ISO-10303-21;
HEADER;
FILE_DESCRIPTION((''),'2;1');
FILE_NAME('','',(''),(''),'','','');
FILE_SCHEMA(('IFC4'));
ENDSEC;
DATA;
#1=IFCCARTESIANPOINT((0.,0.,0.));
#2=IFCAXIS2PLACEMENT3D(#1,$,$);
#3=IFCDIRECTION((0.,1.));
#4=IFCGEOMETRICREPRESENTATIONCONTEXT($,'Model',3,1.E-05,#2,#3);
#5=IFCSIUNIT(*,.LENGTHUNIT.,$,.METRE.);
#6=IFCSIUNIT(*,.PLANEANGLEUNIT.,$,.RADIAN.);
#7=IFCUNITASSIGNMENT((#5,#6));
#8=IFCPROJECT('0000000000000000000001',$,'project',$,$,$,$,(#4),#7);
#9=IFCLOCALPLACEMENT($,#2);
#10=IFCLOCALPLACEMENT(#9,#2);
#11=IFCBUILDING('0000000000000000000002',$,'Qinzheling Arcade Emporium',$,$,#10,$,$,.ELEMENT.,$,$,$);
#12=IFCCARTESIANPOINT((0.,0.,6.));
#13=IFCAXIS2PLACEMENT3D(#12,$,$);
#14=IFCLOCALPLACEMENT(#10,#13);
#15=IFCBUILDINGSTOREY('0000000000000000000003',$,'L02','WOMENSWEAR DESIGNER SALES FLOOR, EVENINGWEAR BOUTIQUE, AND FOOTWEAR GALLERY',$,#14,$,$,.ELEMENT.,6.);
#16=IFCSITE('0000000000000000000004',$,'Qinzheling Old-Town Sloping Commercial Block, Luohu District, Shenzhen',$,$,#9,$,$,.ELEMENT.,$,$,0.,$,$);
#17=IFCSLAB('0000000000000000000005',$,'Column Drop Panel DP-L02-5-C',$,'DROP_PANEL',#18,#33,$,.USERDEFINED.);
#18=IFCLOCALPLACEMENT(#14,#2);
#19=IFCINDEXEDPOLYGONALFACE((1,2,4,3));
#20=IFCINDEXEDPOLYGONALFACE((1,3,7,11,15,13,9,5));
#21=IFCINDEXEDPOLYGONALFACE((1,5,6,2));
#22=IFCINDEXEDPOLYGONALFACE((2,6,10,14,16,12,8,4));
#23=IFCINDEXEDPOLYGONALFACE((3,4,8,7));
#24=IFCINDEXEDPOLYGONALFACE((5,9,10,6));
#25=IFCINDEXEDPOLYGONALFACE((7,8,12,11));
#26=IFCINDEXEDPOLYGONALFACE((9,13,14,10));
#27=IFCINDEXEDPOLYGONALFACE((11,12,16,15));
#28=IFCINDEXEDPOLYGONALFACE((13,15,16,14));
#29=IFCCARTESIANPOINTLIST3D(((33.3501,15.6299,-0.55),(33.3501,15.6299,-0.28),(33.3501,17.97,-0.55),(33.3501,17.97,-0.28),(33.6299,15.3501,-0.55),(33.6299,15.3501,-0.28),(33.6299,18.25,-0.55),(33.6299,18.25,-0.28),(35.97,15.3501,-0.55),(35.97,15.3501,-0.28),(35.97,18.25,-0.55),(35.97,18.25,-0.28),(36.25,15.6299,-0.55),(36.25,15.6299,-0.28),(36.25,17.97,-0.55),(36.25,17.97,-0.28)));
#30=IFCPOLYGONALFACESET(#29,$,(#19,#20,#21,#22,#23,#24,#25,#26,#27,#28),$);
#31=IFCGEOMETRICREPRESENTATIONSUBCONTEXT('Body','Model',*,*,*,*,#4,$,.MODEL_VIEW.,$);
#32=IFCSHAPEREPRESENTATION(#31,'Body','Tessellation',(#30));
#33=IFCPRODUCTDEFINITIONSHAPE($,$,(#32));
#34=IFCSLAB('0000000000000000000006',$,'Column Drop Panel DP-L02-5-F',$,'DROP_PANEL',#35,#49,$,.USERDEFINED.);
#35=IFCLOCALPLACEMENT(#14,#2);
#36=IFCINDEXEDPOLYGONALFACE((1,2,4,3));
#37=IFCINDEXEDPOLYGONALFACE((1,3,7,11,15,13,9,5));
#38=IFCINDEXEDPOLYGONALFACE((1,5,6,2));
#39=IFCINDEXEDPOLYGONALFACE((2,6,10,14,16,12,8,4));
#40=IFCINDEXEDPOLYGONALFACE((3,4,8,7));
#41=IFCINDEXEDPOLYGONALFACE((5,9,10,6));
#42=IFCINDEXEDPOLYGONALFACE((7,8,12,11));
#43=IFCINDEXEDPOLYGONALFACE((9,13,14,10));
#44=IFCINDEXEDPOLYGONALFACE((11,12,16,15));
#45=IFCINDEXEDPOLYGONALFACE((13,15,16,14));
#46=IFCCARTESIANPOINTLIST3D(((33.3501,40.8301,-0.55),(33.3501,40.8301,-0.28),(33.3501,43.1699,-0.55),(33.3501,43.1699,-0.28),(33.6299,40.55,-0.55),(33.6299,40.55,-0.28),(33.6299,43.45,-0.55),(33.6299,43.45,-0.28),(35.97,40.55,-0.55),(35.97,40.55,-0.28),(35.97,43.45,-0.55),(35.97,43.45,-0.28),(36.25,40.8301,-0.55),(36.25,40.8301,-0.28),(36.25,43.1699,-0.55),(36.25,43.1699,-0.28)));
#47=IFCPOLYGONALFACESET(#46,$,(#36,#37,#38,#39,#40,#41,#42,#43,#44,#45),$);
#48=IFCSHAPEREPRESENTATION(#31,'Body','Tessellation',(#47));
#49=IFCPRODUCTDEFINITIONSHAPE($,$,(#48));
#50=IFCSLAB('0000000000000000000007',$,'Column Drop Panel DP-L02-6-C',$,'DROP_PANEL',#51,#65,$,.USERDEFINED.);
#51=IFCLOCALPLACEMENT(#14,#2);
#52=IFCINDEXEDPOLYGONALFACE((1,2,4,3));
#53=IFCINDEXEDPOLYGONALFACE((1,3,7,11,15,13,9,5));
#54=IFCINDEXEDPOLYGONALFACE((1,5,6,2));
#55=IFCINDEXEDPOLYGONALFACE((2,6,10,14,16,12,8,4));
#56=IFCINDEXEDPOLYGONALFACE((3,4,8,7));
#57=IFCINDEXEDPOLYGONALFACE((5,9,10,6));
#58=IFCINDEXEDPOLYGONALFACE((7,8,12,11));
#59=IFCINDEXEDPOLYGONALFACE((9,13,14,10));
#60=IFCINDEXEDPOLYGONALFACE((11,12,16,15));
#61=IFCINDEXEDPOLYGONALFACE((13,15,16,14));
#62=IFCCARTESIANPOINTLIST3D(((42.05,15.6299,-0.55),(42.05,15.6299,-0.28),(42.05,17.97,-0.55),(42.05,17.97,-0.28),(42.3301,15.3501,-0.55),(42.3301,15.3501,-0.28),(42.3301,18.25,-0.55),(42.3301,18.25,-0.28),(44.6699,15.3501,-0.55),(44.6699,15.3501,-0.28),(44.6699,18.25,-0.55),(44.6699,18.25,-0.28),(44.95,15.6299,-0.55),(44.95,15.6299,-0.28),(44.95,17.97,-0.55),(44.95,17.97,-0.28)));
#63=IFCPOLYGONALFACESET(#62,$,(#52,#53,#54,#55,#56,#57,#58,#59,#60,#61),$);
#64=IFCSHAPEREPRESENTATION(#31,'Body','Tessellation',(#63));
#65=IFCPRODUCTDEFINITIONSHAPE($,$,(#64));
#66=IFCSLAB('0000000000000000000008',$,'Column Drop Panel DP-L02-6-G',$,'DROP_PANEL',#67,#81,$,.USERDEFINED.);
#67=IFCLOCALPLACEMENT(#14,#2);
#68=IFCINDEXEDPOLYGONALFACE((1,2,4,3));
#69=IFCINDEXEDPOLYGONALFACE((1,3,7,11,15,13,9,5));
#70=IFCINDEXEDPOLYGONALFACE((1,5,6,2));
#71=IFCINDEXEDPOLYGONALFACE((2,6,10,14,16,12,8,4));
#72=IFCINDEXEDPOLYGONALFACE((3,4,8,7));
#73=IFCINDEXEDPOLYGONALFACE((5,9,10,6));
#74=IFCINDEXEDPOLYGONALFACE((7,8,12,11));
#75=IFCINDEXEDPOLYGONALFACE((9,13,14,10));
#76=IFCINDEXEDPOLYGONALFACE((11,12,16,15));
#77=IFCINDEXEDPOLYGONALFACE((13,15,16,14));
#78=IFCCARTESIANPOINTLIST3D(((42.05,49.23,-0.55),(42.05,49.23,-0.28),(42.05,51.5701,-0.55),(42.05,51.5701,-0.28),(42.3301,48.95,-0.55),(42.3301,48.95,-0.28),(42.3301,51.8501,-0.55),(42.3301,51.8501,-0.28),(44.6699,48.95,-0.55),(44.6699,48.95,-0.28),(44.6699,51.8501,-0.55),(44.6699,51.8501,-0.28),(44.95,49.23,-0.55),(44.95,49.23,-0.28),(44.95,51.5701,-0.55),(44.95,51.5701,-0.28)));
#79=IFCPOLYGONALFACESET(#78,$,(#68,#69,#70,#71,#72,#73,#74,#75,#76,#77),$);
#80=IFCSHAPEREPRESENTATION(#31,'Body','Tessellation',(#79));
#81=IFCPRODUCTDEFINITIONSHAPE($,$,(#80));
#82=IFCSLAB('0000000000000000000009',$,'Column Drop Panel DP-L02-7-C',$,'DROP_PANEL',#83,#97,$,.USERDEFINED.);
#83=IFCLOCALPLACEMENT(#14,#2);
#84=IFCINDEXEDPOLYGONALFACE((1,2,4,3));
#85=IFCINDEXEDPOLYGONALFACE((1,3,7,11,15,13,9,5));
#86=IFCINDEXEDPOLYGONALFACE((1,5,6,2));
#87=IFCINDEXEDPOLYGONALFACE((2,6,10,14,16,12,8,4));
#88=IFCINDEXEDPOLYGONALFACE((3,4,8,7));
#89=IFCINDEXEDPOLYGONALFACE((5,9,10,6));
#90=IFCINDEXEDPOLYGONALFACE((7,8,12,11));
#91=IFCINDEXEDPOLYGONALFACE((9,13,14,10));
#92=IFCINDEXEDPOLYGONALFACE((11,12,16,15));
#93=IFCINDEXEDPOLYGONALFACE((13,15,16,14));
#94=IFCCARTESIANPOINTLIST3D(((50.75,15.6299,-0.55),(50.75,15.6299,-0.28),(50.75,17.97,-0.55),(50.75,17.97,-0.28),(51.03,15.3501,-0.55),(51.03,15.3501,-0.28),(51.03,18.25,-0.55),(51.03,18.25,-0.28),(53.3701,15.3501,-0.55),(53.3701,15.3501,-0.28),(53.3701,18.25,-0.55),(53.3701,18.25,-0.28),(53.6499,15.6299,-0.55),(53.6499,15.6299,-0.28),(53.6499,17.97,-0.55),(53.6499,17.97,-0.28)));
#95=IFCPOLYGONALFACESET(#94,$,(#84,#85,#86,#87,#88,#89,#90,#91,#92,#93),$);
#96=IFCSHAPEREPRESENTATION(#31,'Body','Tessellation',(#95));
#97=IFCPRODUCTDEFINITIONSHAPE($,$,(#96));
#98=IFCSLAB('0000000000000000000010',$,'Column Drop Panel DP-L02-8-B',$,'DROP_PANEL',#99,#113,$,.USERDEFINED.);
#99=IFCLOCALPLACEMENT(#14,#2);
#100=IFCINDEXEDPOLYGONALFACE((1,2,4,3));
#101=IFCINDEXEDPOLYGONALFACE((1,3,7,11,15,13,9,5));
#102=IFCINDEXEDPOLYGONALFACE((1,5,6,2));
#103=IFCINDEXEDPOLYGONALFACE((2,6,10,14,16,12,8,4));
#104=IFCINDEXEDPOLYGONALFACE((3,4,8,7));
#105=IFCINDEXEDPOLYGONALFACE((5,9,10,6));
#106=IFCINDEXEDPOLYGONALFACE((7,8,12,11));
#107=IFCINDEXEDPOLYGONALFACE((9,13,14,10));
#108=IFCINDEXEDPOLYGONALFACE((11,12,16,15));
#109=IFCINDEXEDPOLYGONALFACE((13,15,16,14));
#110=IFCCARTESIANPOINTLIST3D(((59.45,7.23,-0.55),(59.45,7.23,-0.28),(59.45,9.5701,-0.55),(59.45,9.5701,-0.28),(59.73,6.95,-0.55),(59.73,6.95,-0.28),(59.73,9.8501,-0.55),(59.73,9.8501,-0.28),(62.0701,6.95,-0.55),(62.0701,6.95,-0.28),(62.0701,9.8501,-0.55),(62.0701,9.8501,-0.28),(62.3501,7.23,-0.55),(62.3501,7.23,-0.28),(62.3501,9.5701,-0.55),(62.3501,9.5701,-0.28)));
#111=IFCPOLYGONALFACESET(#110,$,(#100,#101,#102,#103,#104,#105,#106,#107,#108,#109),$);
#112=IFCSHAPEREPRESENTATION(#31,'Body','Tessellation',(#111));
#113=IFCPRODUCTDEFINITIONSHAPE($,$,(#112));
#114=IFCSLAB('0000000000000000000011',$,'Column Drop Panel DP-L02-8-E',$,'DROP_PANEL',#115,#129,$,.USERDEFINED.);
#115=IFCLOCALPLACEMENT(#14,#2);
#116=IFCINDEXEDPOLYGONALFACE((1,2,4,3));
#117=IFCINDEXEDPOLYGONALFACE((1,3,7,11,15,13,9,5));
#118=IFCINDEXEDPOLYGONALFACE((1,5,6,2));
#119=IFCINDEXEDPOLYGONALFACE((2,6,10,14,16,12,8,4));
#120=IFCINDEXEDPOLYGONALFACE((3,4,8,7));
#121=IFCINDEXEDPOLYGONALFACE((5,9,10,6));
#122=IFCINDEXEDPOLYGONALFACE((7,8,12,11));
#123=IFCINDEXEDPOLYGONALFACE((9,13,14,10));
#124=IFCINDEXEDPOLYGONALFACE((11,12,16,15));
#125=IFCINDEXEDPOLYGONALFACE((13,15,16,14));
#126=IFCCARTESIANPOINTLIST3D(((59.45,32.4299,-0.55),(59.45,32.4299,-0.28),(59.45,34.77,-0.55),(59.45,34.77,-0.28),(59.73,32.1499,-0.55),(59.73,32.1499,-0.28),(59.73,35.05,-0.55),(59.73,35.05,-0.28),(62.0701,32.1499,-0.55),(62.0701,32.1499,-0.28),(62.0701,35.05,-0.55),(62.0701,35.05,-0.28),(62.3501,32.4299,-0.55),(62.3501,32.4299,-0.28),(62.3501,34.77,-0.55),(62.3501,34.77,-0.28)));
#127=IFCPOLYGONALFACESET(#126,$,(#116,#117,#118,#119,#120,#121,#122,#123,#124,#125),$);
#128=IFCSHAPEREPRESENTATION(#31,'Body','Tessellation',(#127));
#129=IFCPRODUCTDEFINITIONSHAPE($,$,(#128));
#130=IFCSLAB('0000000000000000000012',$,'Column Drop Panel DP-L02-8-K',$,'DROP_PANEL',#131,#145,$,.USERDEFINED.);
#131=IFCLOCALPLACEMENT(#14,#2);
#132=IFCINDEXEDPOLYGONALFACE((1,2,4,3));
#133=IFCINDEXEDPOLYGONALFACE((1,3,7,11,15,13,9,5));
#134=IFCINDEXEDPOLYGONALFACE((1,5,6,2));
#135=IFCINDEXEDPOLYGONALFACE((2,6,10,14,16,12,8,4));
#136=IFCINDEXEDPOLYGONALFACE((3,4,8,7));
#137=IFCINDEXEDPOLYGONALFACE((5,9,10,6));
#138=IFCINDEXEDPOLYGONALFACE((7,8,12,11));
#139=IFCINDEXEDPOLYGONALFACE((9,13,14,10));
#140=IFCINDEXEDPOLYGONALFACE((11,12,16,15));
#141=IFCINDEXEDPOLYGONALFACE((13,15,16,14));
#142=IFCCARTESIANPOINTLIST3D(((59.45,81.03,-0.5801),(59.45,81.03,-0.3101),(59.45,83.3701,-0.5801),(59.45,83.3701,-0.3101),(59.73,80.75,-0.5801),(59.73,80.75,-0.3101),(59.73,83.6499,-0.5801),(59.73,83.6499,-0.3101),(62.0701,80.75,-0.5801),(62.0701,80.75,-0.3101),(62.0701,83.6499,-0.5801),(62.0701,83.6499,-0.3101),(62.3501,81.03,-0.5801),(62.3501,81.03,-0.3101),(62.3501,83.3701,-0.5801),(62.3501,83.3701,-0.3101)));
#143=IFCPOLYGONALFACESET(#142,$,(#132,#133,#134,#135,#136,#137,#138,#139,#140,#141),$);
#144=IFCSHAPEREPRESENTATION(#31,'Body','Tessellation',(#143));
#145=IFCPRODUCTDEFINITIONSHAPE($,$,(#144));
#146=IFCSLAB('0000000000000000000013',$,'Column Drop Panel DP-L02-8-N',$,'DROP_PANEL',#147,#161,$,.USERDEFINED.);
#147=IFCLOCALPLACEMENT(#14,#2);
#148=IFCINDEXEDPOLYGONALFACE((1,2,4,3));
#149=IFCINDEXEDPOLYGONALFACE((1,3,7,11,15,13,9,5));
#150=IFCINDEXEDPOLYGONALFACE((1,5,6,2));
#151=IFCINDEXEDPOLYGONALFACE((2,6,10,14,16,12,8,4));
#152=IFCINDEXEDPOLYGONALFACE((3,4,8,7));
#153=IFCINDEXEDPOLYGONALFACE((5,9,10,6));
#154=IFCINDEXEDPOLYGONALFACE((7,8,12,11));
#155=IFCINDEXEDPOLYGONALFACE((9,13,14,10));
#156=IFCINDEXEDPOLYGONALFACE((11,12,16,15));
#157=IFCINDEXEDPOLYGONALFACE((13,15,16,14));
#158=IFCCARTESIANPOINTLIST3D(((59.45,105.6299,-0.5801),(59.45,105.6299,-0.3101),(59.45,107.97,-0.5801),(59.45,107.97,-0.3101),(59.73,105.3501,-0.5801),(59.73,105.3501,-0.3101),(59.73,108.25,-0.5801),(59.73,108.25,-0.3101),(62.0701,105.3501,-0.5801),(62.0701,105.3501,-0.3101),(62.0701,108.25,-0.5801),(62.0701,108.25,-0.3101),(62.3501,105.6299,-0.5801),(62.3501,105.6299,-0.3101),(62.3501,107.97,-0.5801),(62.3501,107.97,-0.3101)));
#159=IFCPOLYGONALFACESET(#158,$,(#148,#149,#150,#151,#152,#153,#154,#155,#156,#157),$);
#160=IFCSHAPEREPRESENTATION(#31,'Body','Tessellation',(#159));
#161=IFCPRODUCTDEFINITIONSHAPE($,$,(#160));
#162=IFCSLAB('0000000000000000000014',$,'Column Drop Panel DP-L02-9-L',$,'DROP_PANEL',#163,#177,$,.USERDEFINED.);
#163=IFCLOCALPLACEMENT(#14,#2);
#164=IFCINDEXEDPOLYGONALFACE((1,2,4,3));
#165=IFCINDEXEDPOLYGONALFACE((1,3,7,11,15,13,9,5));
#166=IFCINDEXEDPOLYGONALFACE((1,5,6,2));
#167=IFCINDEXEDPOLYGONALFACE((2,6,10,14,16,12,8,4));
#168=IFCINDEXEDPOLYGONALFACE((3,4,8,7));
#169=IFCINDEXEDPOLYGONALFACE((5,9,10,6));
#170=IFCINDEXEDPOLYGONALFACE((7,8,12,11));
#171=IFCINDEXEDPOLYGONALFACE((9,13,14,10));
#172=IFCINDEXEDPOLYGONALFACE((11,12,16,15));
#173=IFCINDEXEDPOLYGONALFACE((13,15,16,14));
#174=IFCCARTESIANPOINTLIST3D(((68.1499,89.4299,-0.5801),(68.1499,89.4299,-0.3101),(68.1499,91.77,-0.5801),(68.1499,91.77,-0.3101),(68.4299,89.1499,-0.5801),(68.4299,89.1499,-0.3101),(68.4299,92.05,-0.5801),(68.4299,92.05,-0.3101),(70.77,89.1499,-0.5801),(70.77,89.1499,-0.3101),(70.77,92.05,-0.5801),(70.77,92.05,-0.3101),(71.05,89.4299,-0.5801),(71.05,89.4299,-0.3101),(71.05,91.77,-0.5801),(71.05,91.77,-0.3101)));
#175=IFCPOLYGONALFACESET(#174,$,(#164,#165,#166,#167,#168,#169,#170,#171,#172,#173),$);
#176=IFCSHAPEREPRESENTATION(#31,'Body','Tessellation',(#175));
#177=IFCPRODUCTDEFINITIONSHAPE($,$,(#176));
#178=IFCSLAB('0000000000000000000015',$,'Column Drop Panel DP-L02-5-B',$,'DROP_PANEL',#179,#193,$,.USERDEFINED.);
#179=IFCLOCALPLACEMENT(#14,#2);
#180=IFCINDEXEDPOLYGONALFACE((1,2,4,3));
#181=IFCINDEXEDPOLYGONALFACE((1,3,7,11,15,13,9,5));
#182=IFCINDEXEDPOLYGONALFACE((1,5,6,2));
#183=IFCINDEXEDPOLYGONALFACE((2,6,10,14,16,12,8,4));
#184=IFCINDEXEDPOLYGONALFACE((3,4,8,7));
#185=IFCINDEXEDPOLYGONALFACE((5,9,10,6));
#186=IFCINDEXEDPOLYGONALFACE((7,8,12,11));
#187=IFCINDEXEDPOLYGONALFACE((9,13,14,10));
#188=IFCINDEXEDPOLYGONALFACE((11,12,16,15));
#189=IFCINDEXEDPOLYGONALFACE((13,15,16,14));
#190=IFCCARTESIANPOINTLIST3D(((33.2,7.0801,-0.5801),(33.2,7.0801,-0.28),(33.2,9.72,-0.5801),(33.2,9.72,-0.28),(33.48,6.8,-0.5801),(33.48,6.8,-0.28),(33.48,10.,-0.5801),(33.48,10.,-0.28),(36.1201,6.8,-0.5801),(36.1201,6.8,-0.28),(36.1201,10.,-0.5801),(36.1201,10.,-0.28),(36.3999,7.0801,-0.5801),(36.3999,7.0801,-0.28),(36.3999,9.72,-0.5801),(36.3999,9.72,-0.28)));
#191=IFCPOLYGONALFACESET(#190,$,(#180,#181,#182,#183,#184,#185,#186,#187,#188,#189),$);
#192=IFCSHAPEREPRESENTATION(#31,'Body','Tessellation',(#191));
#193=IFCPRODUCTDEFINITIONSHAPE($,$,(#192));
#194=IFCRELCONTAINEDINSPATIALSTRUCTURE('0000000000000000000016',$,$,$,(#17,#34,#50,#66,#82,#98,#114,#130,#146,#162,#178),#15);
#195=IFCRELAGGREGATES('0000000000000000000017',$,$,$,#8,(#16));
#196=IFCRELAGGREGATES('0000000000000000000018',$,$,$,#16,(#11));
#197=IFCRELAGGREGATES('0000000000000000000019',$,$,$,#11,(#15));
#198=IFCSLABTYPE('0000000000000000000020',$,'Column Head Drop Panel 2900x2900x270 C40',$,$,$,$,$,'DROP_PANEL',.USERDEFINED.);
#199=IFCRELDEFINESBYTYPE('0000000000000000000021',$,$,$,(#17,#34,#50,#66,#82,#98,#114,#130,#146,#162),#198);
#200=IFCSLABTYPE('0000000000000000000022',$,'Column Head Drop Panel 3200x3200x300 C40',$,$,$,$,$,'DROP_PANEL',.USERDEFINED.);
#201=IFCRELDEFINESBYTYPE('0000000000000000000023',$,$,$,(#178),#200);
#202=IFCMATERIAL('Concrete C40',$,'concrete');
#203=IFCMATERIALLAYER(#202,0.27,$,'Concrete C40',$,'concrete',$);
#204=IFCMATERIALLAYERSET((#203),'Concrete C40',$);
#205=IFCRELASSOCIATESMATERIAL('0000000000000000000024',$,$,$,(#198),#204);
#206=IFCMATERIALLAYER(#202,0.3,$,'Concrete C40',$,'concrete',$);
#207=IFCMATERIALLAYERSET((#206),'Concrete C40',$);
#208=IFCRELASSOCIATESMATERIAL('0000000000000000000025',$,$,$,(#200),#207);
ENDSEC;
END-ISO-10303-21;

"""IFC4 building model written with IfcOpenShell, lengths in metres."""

from ifc_helpers import new_model, si_unit, direction, frame, origin, place, context, subcontext, project, spatial, polyline, outline, extrude, material, layer, layer_set, type_object, element, save


model = new_model("IFC4")

# Units and contexts
model_context = context("Model", 3, precision=1e-05, world=origin(), true_north=direction((0.0, 1.0)))
body_context = subcontext(model_context, "Body", "Model", "MODEL_VIEW")
ifc_project = project(units=[si_unit("LENGTHUNIT", "METRE"), si_unit("PLANEANGLEUNIT", "RADIAN")], contexts=[model_context])

# Site, building, storey
site_placement = place(None, origin())
site = spatial("IfcSite", under=ifc_project, at=site_placement, Name="Qinzheling Old-Town Sloping Commercial Block, Luohu District, Shenzhen", CompositionType="ELEMENT", RefElevation=0.0)
building_placement = place(site_placement, origin())
building = spatial("IfcBuilding", under=site, at=building_placement, Name="Qinzheling Arcade Emporium", CompositionType="ELEMENT")
storey_placement = place(building_placement, frame((0.0, 0.0, 6.0)))
storey = spatial("IfcBuildingStorey", under=building, at=storey_placement, Name="L02", Description="WOMENSWEAR DESIGNER SALES FLOOR, EVENINGWEAR BOUTIQUE, AND FOOTWEAR GALLERY", CompositionType="ELEMENT", Elevation=6.0)

# Slabs
ifc_material = material(Name="Concrete C40", Category="concrete")
ifc_layer_1 = layer(ifc_material, 0.27, Name="Concrete C40", Category="concrete")
ifc_layer_set_1 = layer_set([ifc_layer_1], Name="Concrete C40")
slab_type_1 = type_object("IfcSlabType", Name="Column Head Drop Panel 2900x2900x270 C40", ElementType="DROP_PANEL", PredefinedType="USERDEFINED", material=ifc_layer_set_1)
slab_1_placement = place(storey_placement, frame((0.0, 0.0, -0.55)))
element("IfcSlab", 1, at=slab_1_placement, inside=storey, type_object=slab_type_1, Name="Column Drop Panel DP-L02-5-C", ObjectType="DROP_PANEL", PredefinedType="USERDEFINED", context=body_context, shape_type="SweptSolid", body=[
    extrude(outline(polyline([(33.6299, 15.3501), (35.97, 15.3501), (36.25, 15.6299), (36.25, 17.97), (35.97, 18.25), (33.6299, 18.25), (33.3501, 17.97), (33.3501, 15.6299), (33.6299, 15.3501)])), origin(), (0.0, 0.0, 1.0), 0.27),
])
slab_2_placement = place(storey_placement, frame((0.0, 0.0, -0.55)))
element("IfcSlab", 2, at=slab_2_placement, inside=storey, type_object=slab_type_1, Name="Column Drop Panel DP-L02-5-F", ObjectType="DROP_PANEL", PredefinedType="USERDEFINED", context=body_context, shape_type="SweptSolid", body=[
    extrude(outline(polyline([(33.6299, 40.55), (35.97, 40.55), (36.25, 40.8301), (36.25, 43.1699), (35.97, 43.45), (33.6299, 43.45), (33.3501, 43.1699), (33.3501, 40.8301), (33.6299, 40.55)])), origin(), (0.0, 0.0, 1.0), 0.27),
])
slab_3_placement = place(storey_placement, frame((0.0, 0.0, -0.55)))
element("IfcSlab", 3, at=slab_3_placement, inside=storey, type_object=slab_type_1, Name="Column Drop Panel DP-L02-6-C", ObjectType="DROP_PANEL", PredefinedType="USERDEFINED", context=body_context, shape_type="SweptSolid", body=[
    extrude(outline(polyline([(42.3301, 15.3501), (44.6699, 15.3501), (44.95, 15.6299), (44.95, 17.97), (44.6699, 18.25), (42.3301, 18.25), (42.05, 17.97), (42.05, 15.6299), (42.3301, 15.3501)])), origin(), (0.0, 0.0, 1.0), 0.27),
])
slab_4_placement = place(storey_placement, frame((0.0, 0.0, -0.55)))
element("IfcSlab", 4, at=slab_4_placement, inside=storey, type_object=slab_type_1, Name="Column Drop Panel DP-L02-6-G", ObjectType="DROP_PANEL", PredefinedType="USERDEFINED", context=body_context, shape_type="SweptSolid", body=[
    extrude(outline(polyline([(42.3301, 48.95), (44.6699, 48.95), (44.95, 49.23), (44.95, 51.5701), (44.6699, 51.8501), (42.3301, 51.8501), (42.05, 51.5701), (42.05, 49.23), (42.3301, 48.95)])), origin(), (0.0, 0.0, 1.0), 0.27),
])
slab_5_placement = place(storey_placement, frame((0.0, 0.0, -0.55)))
element("IfcSlab", 5, at=slab_5_placement, inside=storey, type_object=slab_type_1, Name="Column Drop Panel DP-L02-7-C", ObjectType="DROP_PANEL", PredefinedType="USERDEFINED", context=body_context, shape_type="SweptSolid", body=[
    extrude(outline(polyline([(51.03, 15.3501), (53.3701, 15.3501), (53.6499, 15.6299), (53.6499, 17.97), (53.3701, 18.25), (51.03, 18.25), (50.75, 17.97), (50.75, 15.6299), (51.03, 15.3501)])), origin(), (0.0, 0.0, 1.0), 0.27),
])
slab_6_placement = place(storey_placement, frame((0.0, 0.0, -0.55)))
element("IfcSlab", 6, at=slab_6_placement, inside=storey, type_object=slab_type_1, Name="Column Drop Panel DP-L02-8-B", ObjectType="DROP_PANEL", PredefinedType="USERDEFINED", context=body_context, shape_type="SweptSolid", body=[
    extrude(outline(polyline([(59.73, 6.95), (62.0701, 6.95), (62.3501, 7.23), (62.3501, 9.5701), (62.0701, 9.8501), (59.73, 9.8501), (59.45, 9.5701), (59.45, 7.23), (59.73, 6.95)])), origin(), (0.0, 0.0, 1.0), 0.27),
])
slab_7_placement = place(storey_placement, frame((0.0, 0.0, -0.55)))
element("IfcSlab", 7, at=slab_7_placement, inside=storey, type_object=slab_type_1, Name="Column Drop Panel DP-L02-8-E", ObjectType="DROP_PANEL", PredefinedType="USERDEFINED", context=body_context, shape_type="SweptSolid", body=[
    extrude(outline(polyline([(59.73, 32.1499), (62.0701, 32.1499), (62.3501, 32.4299), (62.3501, 34.77), (62.0701, 35.05), (59.73, 35.05), (59.45, 34.77), (59.45, 32.4299), (59.73, 32.1499)])), origin(), (0.0, 0.0, 1.0), 0.27),
])
slab_8_placement = place(storey_placement, frame((0.0, 0.0, -0.5801)))
element("IfcSlab", 8, at=slab_8_placement, inside=storey, type_object=slab_type_1, Name="Column Drop Panel DP-L02-8-K", ObjectType="DROP_PANEL", PredefinedType="USERDEFINED", context=body_context, shape_type="SweptSolid", body=[
    extrude(outline(polyline([(59.73, 80.75), (62.0701, 80.75), (62.3501, 81.03), (62.3501, 83.3701), (62.0701, 83.6499), (59.73, 83.6499), (59.45, 83.3701), (59.45, 81.03), (59.73, 80.75)])), origin(), (0.0, 0.0, 1.0), 0.27),
])
slab_9_placement = place(storey_placement, frame((0.0, 0.0, -0.5801)))
element("IfcSlab", 9, at=slab_9_placement, inside=storey, type_object=slab_type_1, Name="Column Drop Panel DP-L02-8-N", ObjectType="DROP_PANEL", PredefinedType="USERDEFINED", context=body_context, shape_type="SweptSolid", body=[
    extrude(outline(polyline([(59.73, 105.3501), (62.0701, 105.3501), (62.3501, 105.6299), (62.3501, 107.97), (62.0701, 108.25), (59.73, 108.25), (59.45, 107.97), (59.45, 105.6299), (59.73, 105.3501)])), origin(), (0.0, 0.0, 1.0), 0.27),
])
slab_10_placement = place(storey_placement, frame((0.0, 0.0, -0.5801)))
element("IfcSlab", 10, at=slab_10_placement, inside=storey, type_object=slab_type_1, Name="Column Drop Panel DP-L02-9-L", ObjectType="DROP_PANEL", PredefinedType="USERDEFINED", context=body_context, shape_type="SweptSolid", body=[
    extrude(outline(polyline([(68.4299, 89.1499), (70.77, 89.1499), (71.05, 89.4299), (71.05, 91.77), (70.77, 92.05), (68.4299, 92.05), (68.1499, 91.77), (68.1499, 89.4299), (68.4299, 89.1499)])), origin(), (0.0, 0.0, 1.0), 0.27),
])
ifc_layer_2 = layer(ifc_material, 0.3, Name="Concrete C40", Category="concrete")
ifc_layer_set_2 = layer_set([ifc_layer_2], Name="Concrete C40")
slab_type_2 = type_object("IfcSlabType", Name="Column Head Drop Panel 3200x3200x300 C40", ElementType="DROP_PANEL", PredefinedType="USERDEFINED", material=ifc_layer_set_2)
slab_11_placement = place(storey_placement, frame((0.0, 0.0, -0.5801)))
element("IfcSlab", 11, at=slab_11_placement, inside=storey, type_object=slab_type_2, Name="Column Drop Panel DP-L02-5-B", ObjectType="DROP_PANEL", PredefinedType="USERDEFINED", context=body_context, shape_type="SweptSolid", body=[
    extrude(outline(polyline([(33.48, 6.8), (36.1201, 6.8), (36.3999, 7.0801), (36.3999, 9.72), (36.1201, 10.0), (33.48, 10.0), (33.2, 9.72), (33.2, 7.0801), (33.48, 6.8)])), origin(), (0.0, 0.0, 1.0), 0.3),
])

save(model, "model.ifc")
